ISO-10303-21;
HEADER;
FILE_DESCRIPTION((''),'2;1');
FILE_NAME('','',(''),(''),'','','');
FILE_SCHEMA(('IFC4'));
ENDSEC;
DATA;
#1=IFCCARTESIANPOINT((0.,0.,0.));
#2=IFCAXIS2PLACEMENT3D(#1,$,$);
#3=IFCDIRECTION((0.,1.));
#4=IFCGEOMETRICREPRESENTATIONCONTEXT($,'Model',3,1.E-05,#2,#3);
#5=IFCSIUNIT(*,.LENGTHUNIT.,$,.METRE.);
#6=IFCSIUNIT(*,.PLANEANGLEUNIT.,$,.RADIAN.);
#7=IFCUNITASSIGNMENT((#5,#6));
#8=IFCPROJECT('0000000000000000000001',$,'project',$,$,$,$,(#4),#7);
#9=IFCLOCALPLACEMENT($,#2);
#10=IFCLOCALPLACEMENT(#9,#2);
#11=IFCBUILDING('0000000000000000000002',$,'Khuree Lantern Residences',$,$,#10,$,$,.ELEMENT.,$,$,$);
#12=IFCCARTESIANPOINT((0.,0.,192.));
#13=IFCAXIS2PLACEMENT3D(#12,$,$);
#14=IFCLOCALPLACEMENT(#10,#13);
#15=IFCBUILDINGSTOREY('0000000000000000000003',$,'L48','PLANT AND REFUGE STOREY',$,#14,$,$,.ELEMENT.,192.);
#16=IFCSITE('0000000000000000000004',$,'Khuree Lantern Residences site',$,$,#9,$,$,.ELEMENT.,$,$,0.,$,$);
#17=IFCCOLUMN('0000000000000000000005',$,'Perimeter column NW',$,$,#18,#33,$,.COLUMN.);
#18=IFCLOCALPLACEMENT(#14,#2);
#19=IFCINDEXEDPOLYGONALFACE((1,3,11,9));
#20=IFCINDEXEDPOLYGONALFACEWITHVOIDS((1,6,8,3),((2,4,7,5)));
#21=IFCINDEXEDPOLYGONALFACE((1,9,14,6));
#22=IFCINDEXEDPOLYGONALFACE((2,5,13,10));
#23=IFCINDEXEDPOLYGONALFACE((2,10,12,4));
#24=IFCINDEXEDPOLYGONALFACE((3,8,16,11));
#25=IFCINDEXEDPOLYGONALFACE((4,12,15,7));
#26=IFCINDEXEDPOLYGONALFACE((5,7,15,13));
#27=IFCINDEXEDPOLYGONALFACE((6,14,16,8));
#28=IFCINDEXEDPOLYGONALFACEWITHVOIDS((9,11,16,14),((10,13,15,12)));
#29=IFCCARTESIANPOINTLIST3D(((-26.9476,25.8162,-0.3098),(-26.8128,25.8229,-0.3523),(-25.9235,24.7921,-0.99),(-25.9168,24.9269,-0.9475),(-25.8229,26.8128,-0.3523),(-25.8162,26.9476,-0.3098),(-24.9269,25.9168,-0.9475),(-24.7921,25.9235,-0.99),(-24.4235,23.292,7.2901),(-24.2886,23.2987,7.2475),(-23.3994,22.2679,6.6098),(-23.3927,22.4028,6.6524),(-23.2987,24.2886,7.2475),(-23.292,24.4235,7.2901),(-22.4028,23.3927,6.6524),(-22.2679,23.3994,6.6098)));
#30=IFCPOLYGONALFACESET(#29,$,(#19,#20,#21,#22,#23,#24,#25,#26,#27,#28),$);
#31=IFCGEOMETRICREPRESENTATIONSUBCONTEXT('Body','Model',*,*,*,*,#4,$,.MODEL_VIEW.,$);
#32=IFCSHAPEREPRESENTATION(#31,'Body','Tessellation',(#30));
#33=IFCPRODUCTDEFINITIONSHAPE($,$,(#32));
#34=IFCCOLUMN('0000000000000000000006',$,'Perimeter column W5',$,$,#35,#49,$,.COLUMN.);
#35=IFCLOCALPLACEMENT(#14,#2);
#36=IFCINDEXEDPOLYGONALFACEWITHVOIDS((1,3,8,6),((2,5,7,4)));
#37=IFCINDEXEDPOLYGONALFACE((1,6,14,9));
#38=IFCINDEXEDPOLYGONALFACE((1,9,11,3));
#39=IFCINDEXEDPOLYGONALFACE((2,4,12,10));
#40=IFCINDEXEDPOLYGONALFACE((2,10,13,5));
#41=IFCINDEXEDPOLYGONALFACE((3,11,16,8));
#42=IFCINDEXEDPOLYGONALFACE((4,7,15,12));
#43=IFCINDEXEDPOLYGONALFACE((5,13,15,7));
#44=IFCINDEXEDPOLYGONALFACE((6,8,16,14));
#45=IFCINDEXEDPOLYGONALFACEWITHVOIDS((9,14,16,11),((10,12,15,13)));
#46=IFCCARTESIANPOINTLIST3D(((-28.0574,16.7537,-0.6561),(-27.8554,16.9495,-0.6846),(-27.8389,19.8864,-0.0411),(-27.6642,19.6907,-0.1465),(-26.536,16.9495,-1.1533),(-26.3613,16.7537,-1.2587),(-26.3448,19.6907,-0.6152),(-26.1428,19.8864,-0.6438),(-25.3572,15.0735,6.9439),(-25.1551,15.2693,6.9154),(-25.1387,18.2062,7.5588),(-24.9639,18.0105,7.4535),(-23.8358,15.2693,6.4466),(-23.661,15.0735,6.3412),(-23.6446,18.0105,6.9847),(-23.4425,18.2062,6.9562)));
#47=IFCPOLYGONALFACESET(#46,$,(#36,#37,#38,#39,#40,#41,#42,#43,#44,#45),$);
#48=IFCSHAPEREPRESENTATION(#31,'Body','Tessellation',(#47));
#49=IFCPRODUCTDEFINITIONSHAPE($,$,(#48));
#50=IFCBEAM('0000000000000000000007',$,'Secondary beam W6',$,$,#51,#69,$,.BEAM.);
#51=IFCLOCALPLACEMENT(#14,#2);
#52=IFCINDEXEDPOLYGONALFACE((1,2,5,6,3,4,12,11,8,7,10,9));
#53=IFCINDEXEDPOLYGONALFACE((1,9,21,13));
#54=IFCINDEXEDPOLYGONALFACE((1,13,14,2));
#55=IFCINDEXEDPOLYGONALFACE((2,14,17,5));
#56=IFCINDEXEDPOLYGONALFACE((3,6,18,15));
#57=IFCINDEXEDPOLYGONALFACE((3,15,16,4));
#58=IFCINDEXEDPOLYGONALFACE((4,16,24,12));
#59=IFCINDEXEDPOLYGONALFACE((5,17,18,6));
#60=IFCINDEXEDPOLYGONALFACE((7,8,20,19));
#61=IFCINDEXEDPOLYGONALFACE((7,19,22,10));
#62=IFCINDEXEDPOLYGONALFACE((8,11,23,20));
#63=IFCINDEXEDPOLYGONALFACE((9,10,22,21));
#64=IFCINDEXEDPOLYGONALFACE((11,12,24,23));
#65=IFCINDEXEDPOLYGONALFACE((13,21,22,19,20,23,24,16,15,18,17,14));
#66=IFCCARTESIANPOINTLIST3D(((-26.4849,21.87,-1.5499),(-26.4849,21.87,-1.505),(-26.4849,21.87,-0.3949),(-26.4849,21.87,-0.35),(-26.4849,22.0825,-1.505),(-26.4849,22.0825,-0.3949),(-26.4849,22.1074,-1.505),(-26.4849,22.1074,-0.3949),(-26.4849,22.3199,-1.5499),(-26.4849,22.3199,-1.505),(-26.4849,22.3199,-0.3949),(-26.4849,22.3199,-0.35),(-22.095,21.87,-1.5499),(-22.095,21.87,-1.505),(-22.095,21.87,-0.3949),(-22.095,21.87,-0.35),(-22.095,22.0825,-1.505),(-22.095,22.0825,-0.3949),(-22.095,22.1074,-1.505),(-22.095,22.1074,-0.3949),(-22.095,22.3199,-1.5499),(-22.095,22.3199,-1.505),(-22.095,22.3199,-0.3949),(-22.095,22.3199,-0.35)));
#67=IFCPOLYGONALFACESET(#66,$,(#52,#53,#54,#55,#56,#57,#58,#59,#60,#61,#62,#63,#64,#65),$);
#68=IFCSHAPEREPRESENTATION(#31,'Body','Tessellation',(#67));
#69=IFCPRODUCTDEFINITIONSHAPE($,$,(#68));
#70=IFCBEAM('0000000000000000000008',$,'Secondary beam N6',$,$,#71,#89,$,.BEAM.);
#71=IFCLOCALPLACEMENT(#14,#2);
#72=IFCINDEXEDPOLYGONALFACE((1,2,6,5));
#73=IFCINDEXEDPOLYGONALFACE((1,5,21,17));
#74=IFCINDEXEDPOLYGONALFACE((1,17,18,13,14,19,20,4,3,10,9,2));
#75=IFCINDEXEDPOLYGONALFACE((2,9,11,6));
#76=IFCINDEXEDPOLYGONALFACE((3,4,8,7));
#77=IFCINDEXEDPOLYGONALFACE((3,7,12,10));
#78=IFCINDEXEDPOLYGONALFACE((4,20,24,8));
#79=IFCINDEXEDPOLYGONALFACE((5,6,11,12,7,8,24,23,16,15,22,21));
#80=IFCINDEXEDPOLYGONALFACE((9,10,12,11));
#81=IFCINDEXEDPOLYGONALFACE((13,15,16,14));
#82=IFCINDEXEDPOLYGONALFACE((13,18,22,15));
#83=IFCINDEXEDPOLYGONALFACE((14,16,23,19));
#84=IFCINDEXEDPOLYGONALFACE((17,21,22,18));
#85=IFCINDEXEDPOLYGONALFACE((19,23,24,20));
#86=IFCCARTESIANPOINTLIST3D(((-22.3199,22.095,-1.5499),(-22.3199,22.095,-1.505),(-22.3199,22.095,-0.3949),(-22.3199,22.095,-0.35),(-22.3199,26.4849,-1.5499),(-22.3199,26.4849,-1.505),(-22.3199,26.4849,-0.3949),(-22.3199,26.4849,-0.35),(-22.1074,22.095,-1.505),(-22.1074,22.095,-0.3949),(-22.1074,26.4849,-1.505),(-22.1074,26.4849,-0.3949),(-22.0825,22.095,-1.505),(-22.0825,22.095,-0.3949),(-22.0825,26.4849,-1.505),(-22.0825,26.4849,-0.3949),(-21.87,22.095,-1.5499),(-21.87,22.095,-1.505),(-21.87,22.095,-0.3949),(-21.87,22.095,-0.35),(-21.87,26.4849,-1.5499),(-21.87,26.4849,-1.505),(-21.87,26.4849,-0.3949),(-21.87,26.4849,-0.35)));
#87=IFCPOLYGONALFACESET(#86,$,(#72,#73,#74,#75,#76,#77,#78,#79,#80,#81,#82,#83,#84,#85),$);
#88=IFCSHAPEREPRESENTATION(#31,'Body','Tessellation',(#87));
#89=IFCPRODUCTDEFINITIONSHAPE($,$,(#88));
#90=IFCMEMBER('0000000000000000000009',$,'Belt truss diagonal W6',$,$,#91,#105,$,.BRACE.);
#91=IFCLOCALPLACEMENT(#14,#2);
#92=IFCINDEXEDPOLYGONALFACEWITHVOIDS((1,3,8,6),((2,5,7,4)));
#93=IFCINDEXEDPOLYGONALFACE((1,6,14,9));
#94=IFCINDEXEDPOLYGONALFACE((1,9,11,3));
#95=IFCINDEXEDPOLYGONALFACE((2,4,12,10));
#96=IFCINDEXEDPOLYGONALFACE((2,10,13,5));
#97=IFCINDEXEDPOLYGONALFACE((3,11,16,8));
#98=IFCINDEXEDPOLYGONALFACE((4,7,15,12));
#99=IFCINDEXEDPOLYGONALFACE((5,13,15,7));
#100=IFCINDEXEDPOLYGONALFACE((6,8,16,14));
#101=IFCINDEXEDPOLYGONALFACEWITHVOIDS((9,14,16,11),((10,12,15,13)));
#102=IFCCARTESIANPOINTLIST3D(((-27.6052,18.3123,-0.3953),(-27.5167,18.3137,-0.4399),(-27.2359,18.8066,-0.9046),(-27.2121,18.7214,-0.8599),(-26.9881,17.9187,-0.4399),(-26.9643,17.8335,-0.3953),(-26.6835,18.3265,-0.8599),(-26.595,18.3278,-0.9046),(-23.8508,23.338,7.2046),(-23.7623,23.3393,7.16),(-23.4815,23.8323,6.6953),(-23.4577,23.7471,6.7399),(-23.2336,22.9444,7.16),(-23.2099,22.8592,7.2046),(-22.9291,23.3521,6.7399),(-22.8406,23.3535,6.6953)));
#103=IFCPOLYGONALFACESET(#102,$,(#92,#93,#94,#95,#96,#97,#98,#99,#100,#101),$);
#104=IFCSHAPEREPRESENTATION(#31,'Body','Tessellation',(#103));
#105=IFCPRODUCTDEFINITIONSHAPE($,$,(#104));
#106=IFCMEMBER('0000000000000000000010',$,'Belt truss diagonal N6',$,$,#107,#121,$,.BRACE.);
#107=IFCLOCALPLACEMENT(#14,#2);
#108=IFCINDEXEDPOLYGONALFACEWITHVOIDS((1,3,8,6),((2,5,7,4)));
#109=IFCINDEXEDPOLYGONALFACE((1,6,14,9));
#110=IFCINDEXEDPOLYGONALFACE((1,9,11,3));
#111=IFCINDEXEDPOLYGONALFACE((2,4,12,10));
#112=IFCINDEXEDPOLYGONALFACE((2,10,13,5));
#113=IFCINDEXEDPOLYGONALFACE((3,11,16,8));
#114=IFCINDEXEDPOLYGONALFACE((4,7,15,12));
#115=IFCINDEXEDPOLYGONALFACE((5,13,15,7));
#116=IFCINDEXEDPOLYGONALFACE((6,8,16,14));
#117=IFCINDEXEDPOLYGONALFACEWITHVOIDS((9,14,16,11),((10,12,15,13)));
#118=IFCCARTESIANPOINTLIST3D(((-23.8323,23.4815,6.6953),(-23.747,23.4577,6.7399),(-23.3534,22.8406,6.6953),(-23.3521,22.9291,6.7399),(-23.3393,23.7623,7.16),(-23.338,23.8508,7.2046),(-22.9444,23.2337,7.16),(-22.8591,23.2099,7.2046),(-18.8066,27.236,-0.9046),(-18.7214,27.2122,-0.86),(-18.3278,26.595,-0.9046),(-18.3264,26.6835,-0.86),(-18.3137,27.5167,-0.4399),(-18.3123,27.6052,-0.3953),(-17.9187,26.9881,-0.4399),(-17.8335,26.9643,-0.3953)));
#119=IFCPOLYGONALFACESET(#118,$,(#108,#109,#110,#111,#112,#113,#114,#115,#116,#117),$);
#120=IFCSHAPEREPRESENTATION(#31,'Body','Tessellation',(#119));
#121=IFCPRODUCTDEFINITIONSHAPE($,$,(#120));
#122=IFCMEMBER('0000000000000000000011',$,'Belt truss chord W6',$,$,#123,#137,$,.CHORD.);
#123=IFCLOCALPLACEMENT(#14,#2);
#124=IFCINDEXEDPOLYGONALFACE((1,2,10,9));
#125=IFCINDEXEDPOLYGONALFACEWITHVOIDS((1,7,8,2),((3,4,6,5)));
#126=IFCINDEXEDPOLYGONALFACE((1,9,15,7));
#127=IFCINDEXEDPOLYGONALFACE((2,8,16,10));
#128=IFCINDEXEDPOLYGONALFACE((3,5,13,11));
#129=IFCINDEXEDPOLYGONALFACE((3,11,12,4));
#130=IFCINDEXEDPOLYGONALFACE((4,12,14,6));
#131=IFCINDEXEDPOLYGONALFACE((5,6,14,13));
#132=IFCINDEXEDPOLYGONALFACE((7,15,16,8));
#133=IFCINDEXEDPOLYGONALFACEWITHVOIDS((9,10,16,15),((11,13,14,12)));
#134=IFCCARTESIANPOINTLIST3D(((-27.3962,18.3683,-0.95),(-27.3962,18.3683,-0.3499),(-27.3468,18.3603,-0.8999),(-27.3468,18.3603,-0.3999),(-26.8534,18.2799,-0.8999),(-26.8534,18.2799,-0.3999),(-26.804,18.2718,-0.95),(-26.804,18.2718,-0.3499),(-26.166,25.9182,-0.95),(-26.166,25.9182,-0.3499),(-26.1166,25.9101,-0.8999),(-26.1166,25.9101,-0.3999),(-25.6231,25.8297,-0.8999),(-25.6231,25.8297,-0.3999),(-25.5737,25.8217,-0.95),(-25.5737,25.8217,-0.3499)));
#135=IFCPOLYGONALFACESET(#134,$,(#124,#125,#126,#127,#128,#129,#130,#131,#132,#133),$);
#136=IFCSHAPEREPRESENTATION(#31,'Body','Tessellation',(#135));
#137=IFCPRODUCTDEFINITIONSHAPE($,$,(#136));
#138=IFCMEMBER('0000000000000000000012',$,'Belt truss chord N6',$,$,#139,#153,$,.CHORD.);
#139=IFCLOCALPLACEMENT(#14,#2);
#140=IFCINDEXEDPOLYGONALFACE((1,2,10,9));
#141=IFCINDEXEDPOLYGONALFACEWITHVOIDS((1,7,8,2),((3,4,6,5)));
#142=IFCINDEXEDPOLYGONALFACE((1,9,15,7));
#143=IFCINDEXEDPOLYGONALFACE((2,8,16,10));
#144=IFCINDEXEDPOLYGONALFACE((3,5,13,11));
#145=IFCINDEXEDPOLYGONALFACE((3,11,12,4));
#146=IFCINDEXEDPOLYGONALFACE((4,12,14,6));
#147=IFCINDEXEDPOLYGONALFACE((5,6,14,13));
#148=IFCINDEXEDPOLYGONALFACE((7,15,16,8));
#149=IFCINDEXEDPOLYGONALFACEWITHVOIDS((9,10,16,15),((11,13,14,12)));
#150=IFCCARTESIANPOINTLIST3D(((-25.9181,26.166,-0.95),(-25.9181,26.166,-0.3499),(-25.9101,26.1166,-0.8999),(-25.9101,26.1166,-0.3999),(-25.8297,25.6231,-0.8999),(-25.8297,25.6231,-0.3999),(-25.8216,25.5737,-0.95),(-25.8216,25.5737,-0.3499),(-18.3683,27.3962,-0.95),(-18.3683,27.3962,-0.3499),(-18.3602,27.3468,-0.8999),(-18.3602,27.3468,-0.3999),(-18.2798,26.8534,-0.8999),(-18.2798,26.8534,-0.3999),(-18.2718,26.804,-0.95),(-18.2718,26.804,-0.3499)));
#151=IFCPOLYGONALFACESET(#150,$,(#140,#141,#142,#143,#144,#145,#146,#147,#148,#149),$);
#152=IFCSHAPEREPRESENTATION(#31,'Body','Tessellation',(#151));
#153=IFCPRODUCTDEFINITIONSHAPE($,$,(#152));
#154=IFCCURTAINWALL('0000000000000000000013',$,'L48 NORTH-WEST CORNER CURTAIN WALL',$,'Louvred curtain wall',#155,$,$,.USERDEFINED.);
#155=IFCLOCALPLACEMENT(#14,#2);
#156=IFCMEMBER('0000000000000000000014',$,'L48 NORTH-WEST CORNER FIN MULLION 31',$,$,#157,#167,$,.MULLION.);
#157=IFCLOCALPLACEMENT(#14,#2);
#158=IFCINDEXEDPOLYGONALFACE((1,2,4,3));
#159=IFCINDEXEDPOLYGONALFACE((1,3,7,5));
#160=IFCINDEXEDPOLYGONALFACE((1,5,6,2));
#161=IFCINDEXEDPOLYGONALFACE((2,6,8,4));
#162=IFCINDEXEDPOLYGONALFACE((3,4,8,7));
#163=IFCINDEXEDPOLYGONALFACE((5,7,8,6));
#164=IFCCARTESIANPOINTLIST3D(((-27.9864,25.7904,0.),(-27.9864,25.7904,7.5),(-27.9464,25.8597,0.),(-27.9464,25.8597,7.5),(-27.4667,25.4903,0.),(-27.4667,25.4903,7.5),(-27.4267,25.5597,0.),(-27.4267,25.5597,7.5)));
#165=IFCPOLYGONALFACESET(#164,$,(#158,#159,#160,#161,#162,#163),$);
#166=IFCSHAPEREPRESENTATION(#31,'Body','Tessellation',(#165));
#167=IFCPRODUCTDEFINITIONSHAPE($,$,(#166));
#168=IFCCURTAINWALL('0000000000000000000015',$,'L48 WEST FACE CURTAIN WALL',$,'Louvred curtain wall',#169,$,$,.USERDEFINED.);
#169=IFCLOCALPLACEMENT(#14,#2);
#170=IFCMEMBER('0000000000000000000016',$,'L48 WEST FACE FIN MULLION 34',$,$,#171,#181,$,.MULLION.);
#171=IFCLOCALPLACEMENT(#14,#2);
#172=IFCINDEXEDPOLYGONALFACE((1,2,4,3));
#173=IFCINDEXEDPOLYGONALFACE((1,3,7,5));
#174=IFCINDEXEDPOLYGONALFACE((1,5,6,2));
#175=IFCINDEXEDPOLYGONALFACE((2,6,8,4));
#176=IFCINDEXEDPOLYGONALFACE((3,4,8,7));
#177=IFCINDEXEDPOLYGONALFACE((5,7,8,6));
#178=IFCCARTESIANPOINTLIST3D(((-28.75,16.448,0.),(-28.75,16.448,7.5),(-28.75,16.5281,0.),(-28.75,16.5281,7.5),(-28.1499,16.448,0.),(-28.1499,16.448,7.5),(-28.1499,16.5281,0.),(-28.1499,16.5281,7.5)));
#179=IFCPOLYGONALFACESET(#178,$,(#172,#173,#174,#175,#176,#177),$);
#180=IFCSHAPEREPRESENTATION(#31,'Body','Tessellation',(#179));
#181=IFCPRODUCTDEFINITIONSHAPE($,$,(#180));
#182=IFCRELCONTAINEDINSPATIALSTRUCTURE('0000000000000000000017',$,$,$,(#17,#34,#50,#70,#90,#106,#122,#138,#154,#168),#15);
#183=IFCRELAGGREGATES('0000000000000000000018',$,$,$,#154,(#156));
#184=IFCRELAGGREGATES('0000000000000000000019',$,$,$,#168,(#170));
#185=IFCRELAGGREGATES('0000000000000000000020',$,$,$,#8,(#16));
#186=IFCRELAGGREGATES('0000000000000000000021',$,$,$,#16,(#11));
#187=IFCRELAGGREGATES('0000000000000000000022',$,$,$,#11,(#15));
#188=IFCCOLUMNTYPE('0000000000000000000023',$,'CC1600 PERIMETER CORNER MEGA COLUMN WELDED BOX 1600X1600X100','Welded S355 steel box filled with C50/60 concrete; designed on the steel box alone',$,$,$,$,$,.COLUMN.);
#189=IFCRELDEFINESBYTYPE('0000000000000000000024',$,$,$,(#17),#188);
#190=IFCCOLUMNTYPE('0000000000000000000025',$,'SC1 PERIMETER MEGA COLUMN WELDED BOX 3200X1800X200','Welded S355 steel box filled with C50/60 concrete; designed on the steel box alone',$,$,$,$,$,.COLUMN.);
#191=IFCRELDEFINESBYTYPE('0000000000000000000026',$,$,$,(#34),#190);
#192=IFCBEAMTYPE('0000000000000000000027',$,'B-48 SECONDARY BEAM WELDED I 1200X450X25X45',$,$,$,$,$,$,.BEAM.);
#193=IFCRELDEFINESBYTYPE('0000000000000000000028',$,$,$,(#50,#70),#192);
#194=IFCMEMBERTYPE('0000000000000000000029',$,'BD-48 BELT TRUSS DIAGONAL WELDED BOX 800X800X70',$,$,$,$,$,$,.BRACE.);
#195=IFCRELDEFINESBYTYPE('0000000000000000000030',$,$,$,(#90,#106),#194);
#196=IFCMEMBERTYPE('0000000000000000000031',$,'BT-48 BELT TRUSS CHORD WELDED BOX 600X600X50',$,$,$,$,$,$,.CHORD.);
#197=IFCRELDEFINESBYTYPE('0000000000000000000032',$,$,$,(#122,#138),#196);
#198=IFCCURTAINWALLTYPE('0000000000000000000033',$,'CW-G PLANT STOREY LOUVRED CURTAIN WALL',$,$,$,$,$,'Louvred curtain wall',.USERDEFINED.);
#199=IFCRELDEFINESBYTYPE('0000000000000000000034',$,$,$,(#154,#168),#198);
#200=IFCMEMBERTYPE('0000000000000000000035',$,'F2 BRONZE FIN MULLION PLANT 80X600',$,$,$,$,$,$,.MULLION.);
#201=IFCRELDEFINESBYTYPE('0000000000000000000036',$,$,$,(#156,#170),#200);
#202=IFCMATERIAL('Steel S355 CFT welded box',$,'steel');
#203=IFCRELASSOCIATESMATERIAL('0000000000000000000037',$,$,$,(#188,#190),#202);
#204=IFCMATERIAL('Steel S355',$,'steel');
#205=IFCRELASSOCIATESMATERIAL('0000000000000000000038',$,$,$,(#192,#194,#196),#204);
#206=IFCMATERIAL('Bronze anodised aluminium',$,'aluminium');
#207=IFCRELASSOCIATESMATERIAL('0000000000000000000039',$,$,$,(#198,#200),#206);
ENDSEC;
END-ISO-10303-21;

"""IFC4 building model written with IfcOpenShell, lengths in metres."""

from ifc_helpers import new_model, si_unit, direction, frame, origin, origin_2d, place, context, subcontext, project, spatial, rectangle, hollow_rectangle, i_section, extrude, material, material_profile, profile_set, type_object, element, aggregate, save


model = new_model("IFC4")

# Units and contexts
model_context = context("Model", 3, precision=1e-05, world=origin(), true_north=direction((0.0, 1.0)))
body_context = subcontext(model_context, "Body", "Model", "MODEL_VIEW")
ifc_project = project(units=[si_unit("LENGTHUNIT", "METRE"), si_unit("PLANEANGLEUNIT", "RADIAN")], contexts=[model_context])

# Site, building, storey
site_placement = place(None, origin())
site = spatial("IfcSite", under=ifc_project, at=site_placement, Name="Khuree Lantern Residences site", CompositionType="ELEMENT", RefElevation=0.0)
building_placement = place(site_placement, origin())
building = spatial("IfcBuilding", under=site, at=building_placement, Name="Khuree Lantern Residences", CompositionType="ELEMENT")
storey_placement = place(building_placement, frame((0.0, 0.0, 192.0)))
storey = spatial("IfcBuildingStorey", under=building, at=storey_placement, Name="L48", Description="PLANT AND REFUGE STOREY", CompositionType="ELEMENT", Elevation=192.0)

# Columns
ifc_material_1 = material(Name="Steel S355 CFT welded box", Category="steel")
ifc_material_profile_1 = material_profile(ifc_material_1, hollow_rectangle(XDim=1.6001, YDim=1.6001, WallThickness=0.1001, at=origin_2d()), Name="WELDED BOX 1600X1600X100")
ifc_profile_set_1 = profile_set([ifc_material_profile_1], Name="Steel S355 CFT welded box")
column_type_1 = type_object("IfcColumnType", Name="CC1600 PERIMETER CORNER MEGA COLUMN WELDED BOX 1600X1600X100", Description="Welded S355 steel box filled with C50/60 concrete; designed on the steel box alone", PredefinedType="COLUMN", material=ifc_profile_set_1)
column_1_placement = place(storey_placement, frame((-25.8699, 25.8699, -0.6499), z_axis=(0.300623, -0.300623, 0.905125), x_axis=(0.707107, 0.707107, 0.0)))
element("IfcColumn", 1, at=column_1_placement, inside=storey, type_object=column_type_1, Name="Perimeter column NW", PredefinedType="COLUMN", context=body_context, shape_type="SweptSolid", body=[
    extrude(hollow_rectangle(XDim=1.6001, YDim=1.6001, WallThickness=0.1001, at=origin_2d()), origin(), (0.0, 0.0, 1.0), 8.3965),
])
ifc_material_profile_2 = material_profile(ifc_material_1, hollow_rectangle(XDim=3.2, YDim=1.8, WallThickness=0.2, at=origin_2d()), Name="WELDED BOX 3200X1800X200")
ifc_profile_set_2 = profile_set([ifc_material_profile_2], Name="Steel S355 CFT welded box")
column_type_2 = type_object("IfcColumnType", Name="SC1 PERIMETER MEGA COLUMN WELDED BOX 3200X1800X200", Description="Welded S355 steel box filled with C50/60 concrete; designed on the steel box alone", PredefinedType="COLUMN", material=ifc_profile_set_2)
column_2_placement = place(storey_placement, frame((-27.1001, 18.3201, -0.6499), z_axis=(0.327756, -0.203944, 0.922487), x_axis=(0.068286, 0.978983, 0.192172)))
element("IfcColumn", 2, at=column_2_placement, inside=storey, type_object=column_type_2, Name="Perimeter column W5", PredefinedType="COLUMN", context=body_context, shape_type="SweptSolid", body=[
    extrude(hollow_rectangle(XDim=3.2, YDim=1.8, WallThickness=0.2, at=origin_2d()), origin(), (0.0, 0.0, 1.0), 8.2385),
])

# Beams
ifc_material_2 = material(Name="Steel S355", Category="steel")
ifc_material_profile_3 = material_profile(ifc_material_2, i_section(OverallWidth=0.45, OverallDepth=1.2, WebThickness=0.0249, FlangeThickness=0.0449, at=origin_2d()), Name="WELDED I 1200X450X25X45")
ifc_profile_set_3 = profile_set([ifc_material_profile_3], Name="Steel S355")
beam_type_1 = type_object("IfcBeamType", Name="B-48 SECONDARY BEAM WELDED I 1200X450X25X45", PredefinedType="BEAM", material=ifc_profile_set_3)
for number, where, z_axis, x_axis, name in (
    (3, (-26.4849, 22.095, -0.95), (1.0, 0.0, 0.0), (0.0, 1.0, 0.0), "Secondary beam W6"),
    (4, (-22.095, 26.4849, -0.95), (0.0, -1.0, 0.0), (1.0, 0.0, 0.0), "Secondary beam N6"),
):
    element("IfcBeam", number, at=place(storey_placement, frame(where, z_axis=z_axis, x_axis=x_axis)), inside=storey, type_object=beam_type_1, Name=name, PredefinedType="BEAM", context=body_context, shape_type="SweptSolid", body=[
        extrude(i_section(OverallWidth=0.45, OverallDepth=1.2, WebThickness=0.0249, FlangeThickness=0.0449, at=origin_2d()), origin(), (0.0, 0.0, 1.0), 4.3899),
    ])

# Members
ifc_material_profile_4 = material_profile(ifc_material_2, hollow_rectangle(XDim=0.8, YDim=0.8, WallThickness=0.0701, at=origin_2d()), Name="WELDED BOX 800X800X70")
ifc_profile_set_4 = profile_set([ifc_material_profile_4], Name="Steel S355")
member_type_1 = type_object("IfcMemberType", Name="BD-48 BELT TRUSS DIAGONAL WELDED BOX 800X800X70", PredefinedType="BRACE", material=ifc_profile_set_4)
for number, where, z_axis, x_axis, name in (
    (5, (-27.1001, 18.3201, -0.6499), (0.380985, 0.509986, 0.77121), (-0.801133, 0.598486, 0.0), "Belt truss diagonal W6"),
    (6, (-23.3457, 23.3457, 6.95), (0.509986, 0.380985, -0.77121), (-0.598486, 0.801133, 0.0), "Belt truss diagonal N6"),
):
    element("IfcMember", number, at=place(storey_placement, frame(where, z_axis=z_axis, x_axis=x_axis)), inside=storey, type_object=member_type_1, Name=name, PredefinedType="BRACE", context=body_context, shape_type="SweptSolid", body=[
        extrude(hollow_rectangle(XDim=0.8, YDim=0.8, WallThickness=0.0701, at=origin_2d()), origin(), (0.0, 0.0, 1.0), 9.8545),
    ])
ifc_material_profile_5 = material_profile(ifc_material_2, hollow_rectangle(XDim=0.6001, YDim=0.6001, WallThickness=0.05, at=origin_2d()), Name="WELDED BOX 600X600X50")
ifc_profile_set_5 = profile_set([ifc_material_profile_5], Name="Steel S355")
member_type_2 = type_object("IfcMemberType", Name="BT-48 BELT TRUSS CHORD WELDED BOX 600X600X50", PredefinedType="CHORD", material=ifc_profile_set_5)
for number, where, z_axis, x_axis, name in (
    (7, (-27.1001, 18.3201, -0.6499), (0.160827, 0.986983, 0.0), (-0.986983, 0.160827, 0.0), "Belt truss chord W6"),
    (8, (-25.8699, 25.8699, -0.6499), (0.986983, 0.160827, 0.0), (-0.160827, 0.986983, 0.0), "Belt truss chord N6"),
):
    element("IfcMember", number, at=place(storey_placement, frame(where, z_axis=z_axis, x_axis=x_axis)), inside=storey, type_object=member_type_2, Name=name, PredefinedType="CHORD", context=body_context, shape_type="SweptSolid", body=[
        extrude(hollow_rectangle(XDim=0.6001, YDim=0.6001, WallThickness=0.05, at=origin_2d()), origin(), (0.0, 0.0, 1.0), 7.6494),
    ])

# Curtain walls, members
ifc_material_3 = material(Name="Bronze anodised aluminium", Category="aluminium")
curtain_wall_type = type_object("IfcCurtainWallType", Name="CW-G PLANT STOREY LOUVRED CURTAIN WALL", ElementType="Louvred curtain wall", PredefinedType="USERDEFINED", material=ifc_material_3)
curtain_wall_1_placement = place(storey_placement, origin())
curtain_wall_1 = element("IfcCurtainWall", 9, at=curtain_wall_1_placement, inside=storey, type_object=curtain_wall_type, Name="L48 NORTH-WEST CORNER CURTAIN WALL", ObjectType="Louvred curtain wall", PredefinedType="USERDEFINED")
ifc_material_profile_6 = material_profile(ifc_material_3, rectangle(XDim=0.0801, YDim=0.6001, at=origin_2d()), Name="F2 80X600")
ifc_profile_set_6 = profile_set([ifc_material_profile_6], Name="Bronze anodised aluminium")
member_type_3 = type_object("IfcMemberType", Name="F2 BRONZE FIN MULLION PLANT 80X600", PredefinedType="MULLION", material=ifc_profile_set_6)
member_1_placement = place(storey_placement, frame((-27.7065, 25.675, 0.0), z_axis=(0.0, 0.0, 1.0), x_axis=(-0.5, -0.866025, 0.0)))
member_1 = element("IfcMember", 10, at=member_1_placement, type_object=member_type_3, Name="L48 NORTH-WEST CORNER FIN MULLION 31", PredefinedType="MULLION", context=body_context, shape_type="SweptSolid", body=[
    extrude(rectangle(XDim=0.0801, YDim=0.6001, at=origin_2d()), origin(), (0.0, 0.0, 1.0), 7.5),
])
curtain_wall_2_placement = place(storey_placement, origin())
curtain_wall_2 = element("IfcCurtainWall", 11, at=curtain_wall_2_placement, inside=storey, type_object=curtain_wall_type, Name="L48 WEST FACE CURTAIN WALL", ObjectType="Louvred curtain wall", PredefinedType="USERDEFINED")
member_2_placement = place(storey_placement, frame((-28.45, 16.488, 0.0), z_axis=(0.0, 0.0, 1.0), x_axis=(0.0, -1.0, 0.0)))
member_2 = element("IfcMember", 12, at=member_2_placement, type_object=member_type_3, Name="L48 WEST FACE FIN MULLION 34", PredefinedType="MULLION", context=body_context, shape_type="SweptSolid", body=[
    extrude(rectangle(XDim=0.0801, YDim=0.6001, at=origin_2d()), origin(), (0.0, 0.0, 1.0), 7.5),
])

aggregate(curtain_wall_1, [member_1])
aggregate(curtain_wall_2, [member_2])

save(model, "model.ifc")
